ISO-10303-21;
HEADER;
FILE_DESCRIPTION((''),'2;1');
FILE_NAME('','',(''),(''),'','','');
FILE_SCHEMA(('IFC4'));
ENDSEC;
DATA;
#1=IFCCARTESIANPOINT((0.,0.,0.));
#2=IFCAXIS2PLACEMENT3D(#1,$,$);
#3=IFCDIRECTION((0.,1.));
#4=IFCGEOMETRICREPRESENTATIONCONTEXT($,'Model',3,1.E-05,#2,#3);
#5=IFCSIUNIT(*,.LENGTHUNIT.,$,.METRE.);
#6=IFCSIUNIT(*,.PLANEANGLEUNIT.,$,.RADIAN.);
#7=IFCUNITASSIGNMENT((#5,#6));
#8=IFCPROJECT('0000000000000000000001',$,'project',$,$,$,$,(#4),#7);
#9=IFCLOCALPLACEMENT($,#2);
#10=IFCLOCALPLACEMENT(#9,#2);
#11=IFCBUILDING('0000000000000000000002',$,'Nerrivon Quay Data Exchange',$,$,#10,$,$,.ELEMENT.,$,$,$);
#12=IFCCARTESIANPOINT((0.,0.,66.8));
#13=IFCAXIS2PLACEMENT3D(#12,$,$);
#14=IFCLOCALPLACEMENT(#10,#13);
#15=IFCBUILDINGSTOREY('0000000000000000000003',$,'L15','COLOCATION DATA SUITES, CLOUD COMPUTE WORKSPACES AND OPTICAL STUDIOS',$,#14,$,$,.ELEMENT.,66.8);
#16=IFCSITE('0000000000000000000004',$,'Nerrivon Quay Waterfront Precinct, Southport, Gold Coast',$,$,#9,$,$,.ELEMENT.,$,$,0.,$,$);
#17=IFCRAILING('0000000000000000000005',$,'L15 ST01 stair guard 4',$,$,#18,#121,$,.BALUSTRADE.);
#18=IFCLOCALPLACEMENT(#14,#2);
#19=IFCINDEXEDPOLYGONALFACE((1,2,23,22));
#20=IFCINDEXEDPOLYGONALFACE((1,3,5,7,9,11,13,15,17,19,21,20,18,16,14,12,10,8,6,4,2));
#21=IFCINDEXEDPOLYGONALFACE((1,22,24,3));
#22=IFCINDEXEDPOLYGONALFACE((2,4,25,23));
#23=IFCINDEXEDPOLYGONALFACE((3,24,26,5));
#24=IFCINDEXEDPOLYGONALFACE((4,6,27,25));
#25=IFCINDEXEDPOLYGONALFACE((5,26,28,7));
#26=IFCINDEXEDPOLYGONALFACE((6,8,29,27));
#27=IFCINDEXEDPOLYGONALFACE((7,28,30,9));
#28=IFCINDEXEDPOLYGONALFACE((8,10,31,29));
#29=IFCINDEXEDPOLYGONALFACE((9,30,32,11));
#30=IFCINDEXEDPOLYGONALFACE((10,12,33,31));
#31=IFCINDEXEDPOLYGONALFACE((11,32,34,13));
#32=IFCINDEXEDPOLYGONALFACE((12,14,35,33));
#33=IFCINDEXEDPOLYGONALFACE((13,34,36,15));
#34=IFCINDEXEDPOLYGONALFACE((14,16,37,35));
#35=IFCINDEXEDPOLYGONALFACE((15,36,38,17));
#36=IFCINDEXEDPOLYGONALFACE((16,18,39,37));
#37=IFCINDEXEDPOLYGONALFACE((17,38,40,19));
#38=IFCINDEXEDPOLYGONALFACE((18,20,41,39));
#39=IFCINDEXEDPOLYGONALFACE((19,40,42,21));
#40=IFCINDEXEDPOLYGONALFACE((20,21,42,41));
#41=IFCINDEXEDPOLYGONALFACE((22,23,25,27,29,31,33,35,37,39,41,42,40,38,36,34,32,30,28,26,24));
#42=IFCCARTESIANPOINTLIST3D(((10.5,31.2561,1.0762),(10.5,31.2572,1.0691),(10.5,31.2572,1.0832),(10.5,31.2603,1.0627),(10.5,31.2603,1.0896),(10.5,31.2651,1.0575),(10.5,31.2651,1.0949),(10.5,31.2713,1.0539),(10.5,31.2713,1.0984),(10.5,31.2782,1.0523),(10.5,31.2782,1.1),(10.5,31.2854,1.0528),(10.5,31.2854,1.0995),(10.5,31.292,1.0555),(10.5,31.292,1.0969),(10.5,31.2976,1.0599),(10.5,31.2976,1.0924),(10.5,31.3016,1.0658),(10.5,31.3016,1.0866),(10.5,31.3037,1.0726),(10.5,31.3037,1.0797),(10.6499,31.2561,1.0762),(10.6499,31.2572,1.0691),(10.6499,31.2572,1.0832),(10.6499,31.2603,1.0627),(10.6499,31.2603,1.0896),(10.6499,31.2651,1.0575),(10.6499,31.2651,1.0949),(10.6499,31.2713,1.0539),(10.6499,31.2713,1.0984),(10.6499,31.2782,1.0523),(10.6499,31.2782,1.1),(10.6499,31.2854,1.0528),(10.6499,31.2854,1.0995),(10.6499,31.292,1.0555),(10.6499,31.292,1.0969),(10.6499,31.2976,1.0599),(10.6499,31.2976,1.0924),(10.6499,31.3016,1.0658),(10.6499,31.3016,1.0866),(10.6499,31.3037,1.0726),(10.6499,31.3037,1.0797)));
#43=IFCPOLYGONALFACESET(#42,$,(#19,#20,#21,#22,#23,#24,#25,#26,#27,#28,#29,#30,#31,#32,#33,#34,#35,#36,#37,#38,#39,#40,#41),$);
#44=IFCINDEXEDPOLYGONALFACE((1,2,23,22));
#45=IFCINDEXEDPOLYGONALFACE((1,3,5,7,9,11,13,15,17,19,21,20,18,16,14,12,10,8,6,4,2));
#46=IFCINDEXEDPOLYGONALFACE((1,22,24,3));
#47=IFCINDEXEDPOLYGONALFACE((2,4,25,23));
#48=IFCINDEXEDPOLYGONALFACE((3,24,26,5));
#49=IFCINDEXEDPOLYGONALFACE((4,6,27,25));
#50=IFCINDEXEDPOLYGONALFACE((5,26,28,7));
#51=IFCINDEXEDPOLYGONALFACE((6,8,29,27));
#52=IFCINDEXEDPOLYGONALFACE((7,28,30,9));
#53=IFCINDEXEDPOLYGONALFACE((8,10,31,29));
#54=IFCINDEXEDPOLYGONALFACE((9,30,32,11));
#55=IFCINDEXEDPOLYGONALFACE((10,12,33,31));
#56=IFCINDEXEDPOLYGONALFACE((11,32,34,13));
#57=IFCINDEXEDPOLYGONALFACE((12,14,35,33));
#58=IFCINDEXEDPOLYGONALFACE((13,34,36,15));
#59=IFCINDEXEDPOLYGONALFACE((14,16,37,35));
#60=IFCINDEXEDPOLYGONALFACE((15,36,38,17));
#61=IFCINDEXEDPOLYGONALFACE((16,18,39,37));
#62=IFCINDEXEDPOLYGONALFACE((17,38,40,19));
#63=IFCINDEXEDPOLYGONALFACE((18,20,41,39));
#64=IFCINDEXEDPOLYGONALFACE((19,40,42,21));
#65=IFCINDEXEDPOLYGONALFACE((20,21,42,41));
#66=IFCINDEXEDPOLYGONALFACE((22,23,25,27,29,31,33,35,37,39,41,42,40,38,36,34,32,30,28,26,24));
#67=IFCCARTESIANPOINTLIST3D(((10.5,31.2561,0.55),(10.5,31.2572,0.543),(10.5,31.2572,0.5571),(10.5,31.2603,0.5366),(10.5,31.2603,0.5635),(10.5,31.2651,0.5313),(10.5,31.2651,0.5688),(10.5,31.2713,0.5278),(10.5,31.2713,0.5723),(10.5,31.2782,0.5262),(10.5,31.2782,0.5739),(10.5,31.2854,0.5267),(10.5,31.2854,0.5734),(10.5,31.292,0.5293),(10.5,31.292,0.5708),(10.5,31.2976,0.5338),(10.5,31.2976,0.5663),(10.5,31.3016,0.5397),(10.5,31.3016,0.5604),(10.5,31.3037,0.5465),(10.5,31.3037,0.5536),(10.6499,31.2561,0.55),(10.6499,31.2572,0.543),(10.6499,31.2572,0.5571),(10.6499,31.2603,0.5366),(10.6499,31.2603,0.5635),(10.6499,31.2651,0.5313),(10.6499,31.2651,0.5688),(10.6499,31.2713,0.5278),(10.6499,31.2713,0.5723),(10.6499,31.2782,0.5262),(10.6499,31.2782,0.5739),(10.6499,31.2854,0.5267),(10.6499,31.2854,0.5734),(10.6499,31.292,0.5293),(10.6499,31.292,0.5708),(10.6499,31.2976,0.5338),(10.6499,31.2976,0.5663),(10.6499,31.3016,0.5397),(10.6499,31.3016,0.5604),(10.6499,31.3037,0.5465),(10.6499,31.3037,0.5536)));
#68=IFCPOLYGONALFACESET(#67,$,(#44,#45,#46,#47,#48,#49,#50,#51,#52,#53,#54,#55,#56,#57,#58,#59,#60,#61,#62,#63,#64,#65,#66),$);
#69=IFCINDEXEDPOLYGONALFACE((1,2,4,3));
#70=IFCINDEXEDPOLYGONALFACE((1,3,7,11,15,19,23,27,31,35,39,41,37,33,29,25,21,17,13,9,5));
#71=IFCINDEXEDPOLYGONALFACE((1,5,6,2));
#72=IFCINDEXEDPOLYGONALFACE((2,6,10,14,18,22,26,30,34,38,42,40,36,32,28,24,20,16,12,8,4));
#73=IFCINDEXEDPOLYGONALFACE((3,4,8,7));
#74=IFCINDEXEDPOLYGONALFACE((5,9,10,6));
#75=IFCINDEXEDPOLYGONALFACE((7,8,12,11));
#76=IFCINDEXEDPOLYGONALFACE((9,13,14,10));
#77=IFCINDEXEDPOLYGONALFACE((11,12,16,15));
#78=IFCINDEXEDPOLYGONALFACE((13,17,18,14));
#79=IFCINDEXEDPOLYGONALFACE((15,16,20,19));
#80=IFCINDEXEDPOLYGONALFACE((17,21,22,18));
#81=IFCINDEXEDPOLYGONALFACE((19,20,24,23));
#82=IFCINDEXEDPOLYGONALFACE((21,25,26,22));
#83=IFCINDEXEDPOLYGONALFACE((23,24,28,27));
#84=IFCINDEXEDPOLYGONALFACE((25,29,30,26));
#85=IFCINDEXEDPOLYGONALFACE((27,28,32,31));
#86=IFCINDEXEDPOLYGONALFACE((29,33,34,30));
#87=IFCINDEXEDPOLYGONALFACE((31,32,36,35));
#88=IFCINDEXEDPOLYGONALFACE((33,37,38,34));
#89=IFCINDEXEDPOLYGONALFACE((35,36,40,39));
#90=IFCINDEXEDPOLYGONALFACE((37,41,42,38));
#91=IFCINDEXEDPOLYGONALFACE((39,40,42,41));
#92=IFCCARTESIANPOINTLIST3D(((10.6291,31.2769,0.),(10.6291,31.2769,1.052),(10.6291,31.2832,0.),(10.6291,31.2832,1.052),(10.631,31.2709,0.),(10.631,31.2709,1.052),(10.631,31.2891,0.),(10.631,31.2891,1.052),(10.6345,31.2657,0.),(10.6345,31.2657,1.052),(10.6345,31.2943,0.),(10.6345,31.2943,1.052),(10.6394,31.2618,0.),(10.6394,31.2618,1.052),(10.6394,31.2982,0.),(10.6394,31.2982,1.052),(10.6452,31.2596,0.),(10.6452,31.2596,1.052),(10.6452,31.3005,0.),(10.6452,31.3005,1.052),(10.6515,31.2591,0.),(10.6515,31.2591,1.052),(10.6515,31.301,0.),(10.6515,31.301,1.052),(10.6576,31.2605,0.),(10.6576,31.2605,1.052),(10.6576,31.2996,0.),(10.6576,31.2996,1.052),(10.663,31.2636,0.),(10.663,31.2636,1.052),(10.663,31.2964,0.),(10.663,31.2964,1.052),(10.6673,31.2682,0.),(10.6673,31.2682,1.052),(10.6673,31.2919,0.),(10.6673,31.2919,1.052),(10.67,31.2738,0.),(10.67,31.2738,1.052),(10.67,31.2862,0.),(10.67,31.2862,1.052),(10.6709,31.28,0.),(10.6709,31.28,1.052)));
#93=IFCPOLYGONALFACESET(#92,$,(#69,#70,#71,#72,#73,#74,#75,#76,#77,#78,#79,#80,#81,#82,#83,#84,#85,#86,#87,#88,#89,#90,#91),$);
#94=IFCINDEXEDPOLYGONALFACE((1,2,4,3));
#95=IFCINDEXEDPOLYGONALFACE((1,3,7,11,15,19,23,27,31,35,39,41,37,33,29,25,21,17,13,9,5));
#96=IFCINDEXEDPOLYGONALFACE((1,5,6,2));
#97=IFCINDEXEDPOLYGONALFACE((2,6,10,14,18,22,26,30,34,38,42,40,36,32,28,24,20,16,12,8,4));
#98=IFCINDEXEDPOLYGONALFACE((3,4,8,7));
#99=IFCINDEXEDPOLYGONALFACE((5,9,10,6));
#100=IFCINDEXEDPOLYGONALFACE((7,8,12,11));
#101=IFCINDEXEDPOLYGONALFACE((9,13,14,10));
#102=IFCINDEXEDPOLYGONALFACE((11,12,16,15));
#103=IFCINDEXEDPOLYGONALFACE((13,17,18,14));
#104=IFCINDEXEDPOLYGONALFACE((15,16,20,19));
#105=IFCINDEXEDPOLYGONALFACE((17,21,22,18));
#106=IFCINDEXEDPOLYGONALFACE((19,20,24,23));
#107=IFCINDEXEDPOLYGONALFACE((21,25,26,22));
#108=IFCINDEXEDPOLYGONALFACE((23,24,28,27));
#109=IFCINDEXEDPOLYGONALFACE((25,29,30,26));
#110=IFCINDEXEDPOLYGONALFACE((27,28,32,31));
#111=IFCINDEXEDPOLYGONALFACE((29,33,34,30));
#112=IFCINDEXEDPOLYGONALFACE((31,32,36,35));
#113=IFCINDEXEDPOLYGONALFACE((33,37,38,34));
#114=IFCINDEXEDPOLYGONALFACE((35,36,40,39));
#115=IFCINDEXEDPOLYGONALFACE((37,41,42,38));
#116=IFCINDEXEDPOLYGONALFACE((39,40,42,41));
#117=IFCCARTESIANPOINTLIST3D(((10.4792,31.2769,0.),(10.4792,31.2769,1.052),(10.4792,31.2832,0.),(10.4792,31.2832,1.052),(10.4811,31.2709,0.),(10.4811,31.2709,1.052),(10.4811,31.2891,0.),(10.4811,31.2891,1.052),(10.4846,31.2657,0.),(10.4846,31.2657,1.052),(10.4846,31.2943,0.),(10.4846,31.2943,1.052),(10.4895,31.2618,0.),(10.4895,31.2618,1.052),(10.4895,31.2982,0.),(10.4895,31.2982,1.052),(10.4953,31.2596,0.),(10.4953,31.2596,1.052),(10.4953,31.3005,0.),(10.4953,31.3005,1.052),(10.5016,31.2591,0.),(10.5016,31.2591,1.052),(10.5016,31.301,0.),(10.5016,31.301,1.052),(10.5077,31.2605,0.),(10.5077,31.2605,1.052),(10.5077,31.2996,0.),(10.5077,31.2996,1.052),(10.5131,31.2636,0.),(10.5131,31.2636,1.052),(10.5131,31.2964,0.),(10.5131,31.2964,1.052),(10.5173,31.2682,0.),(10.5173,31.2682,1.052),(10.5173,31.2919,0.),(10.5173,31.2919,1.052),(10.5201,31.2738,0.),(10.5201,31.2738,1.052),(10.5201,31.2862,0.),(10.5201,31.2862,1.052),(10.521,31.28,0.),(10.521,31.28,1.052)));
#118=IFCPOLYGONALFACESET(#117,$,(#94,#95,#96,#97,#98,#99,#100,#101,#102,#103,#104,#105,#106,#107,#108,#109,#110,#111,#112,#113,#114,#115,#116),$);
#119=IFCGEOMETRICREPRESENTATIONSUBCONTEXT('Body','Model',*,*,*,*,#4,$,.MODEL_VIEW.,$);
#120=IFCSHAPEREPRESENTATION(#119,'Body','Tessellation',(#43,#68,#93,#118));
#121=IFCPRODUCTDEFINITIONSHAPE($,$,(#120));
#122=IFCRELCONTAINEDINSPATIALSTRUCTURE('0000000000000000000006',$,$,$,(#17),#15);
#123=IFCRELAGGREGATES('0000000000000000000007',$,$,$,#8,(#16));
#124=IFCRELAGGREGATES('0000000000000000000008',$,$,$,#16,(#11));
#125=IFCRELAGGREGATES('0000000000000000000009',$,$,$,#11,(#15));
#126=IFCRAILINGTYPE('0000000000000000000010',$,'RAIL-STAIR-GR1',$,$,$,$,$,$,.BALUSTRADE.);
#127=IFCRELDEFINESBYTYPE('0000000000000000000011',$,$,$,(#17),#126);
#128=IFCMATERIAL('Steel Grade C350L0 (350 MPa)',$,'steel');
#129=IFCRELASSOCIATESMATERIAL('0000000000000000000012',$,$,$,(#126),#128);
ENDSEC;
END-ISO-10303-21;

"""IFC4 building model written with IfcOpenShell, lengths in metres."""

from ifc_helpers import new_model, si_unit, direction, frame, origin, origin_2d, place, context, subcontext, project, spatial, circle, extrude, material, type_object, element, save


model = new_model("IFC4")

# Units and contexts
model_context = context("Model", 3, precision=1e-05, world=origin(), true_north=direction((0.0, 1.0)))
body_context = subcontext(model_context, "Body", "Model", "MODEL_VIEW")
ifc_project = project(units=[si_unit("LENGTHUNIT", "METRE"), si_unit("PLANEANGLEUNIT", "RADIAN")], contexts=[model_context])

# Site, building, storey
site_placement = place(None, origin())
site = spatial("IfcSite", under=ifc_project, at=site_placement, Name="Nerrivon Quay Waterfront Precinct, Southport, Gold Coast", CompositionType="ELEMENT", RefElevation=0.0)
building_placement = place(site_placement, origin())
building = spatial("IfcBuilding", under=site, at=building_placement, Name="Nerrivon Quay Data Exchange", CompositionType="ELEMENT")
storey_placement = place(building_placement, frame((0.0, 0.0, 66.8)))
storey = spatial("IfcBuildingStorey", under=building, at=storey_placement, Name="L15", Description="COLOCATION DATA SUITES, CLOUD COMPUTE WORKSPACES AND OPTICAL STUDIOS", CompositionType="ELEMENT", Elevation=66.8)

# Railing
ifc_material_1 = material(Name="Steel Grade C350L0 (350 MPa)", Category="steel")
railing_type_1 = type_object("IfcRailingType", Name="RAIL-STAIR-GR1", PredefinedType="BALUSTRADE", material=ifc_material_1)
railing_1_placement = place(storey_placement, frame((10.6499, 31.28, 0.0)))
element("IfcRailing", 1, at=railing_1_placement, inside=storey, type_object=railing_type_1, Name="L15 ST01 stair guard 4", PredefinedType="BALUSTRADE", context=body_context, shape_type="SweptSolid", body=[
    extrude(circle(Radius=0.0239, at=origin_2d()), frame((0.0, 0.0, 1.0762), z_axis=(-1.0, 0.0, 0.0), x_axis=(0.0, -1.0, 0.0)), (0.0, 0.0, 1.0), 0.1499),
    extrude(circle(Radius=0.0239, at=origin_2d()), frame((0.0, 0.0, 0.55), z_axis=(-1.0, 0.0, 0.0), x_axis=(0.0, -1.0, 0.0)), (0.0, 0.0, 1.0), 0.1499),
    extrude(circle(Radius=0.021, at=origin_2d()), origin(), (0.0, 0.0, 1.0), 1.052),
    extrude(circle(Radius=0.021, at=origin_2d()), frame((-0.1499, 0.0, 0.0)), (0.0, 0.0, 1.0), 1.052),
])

save(model, "model.ifc")
